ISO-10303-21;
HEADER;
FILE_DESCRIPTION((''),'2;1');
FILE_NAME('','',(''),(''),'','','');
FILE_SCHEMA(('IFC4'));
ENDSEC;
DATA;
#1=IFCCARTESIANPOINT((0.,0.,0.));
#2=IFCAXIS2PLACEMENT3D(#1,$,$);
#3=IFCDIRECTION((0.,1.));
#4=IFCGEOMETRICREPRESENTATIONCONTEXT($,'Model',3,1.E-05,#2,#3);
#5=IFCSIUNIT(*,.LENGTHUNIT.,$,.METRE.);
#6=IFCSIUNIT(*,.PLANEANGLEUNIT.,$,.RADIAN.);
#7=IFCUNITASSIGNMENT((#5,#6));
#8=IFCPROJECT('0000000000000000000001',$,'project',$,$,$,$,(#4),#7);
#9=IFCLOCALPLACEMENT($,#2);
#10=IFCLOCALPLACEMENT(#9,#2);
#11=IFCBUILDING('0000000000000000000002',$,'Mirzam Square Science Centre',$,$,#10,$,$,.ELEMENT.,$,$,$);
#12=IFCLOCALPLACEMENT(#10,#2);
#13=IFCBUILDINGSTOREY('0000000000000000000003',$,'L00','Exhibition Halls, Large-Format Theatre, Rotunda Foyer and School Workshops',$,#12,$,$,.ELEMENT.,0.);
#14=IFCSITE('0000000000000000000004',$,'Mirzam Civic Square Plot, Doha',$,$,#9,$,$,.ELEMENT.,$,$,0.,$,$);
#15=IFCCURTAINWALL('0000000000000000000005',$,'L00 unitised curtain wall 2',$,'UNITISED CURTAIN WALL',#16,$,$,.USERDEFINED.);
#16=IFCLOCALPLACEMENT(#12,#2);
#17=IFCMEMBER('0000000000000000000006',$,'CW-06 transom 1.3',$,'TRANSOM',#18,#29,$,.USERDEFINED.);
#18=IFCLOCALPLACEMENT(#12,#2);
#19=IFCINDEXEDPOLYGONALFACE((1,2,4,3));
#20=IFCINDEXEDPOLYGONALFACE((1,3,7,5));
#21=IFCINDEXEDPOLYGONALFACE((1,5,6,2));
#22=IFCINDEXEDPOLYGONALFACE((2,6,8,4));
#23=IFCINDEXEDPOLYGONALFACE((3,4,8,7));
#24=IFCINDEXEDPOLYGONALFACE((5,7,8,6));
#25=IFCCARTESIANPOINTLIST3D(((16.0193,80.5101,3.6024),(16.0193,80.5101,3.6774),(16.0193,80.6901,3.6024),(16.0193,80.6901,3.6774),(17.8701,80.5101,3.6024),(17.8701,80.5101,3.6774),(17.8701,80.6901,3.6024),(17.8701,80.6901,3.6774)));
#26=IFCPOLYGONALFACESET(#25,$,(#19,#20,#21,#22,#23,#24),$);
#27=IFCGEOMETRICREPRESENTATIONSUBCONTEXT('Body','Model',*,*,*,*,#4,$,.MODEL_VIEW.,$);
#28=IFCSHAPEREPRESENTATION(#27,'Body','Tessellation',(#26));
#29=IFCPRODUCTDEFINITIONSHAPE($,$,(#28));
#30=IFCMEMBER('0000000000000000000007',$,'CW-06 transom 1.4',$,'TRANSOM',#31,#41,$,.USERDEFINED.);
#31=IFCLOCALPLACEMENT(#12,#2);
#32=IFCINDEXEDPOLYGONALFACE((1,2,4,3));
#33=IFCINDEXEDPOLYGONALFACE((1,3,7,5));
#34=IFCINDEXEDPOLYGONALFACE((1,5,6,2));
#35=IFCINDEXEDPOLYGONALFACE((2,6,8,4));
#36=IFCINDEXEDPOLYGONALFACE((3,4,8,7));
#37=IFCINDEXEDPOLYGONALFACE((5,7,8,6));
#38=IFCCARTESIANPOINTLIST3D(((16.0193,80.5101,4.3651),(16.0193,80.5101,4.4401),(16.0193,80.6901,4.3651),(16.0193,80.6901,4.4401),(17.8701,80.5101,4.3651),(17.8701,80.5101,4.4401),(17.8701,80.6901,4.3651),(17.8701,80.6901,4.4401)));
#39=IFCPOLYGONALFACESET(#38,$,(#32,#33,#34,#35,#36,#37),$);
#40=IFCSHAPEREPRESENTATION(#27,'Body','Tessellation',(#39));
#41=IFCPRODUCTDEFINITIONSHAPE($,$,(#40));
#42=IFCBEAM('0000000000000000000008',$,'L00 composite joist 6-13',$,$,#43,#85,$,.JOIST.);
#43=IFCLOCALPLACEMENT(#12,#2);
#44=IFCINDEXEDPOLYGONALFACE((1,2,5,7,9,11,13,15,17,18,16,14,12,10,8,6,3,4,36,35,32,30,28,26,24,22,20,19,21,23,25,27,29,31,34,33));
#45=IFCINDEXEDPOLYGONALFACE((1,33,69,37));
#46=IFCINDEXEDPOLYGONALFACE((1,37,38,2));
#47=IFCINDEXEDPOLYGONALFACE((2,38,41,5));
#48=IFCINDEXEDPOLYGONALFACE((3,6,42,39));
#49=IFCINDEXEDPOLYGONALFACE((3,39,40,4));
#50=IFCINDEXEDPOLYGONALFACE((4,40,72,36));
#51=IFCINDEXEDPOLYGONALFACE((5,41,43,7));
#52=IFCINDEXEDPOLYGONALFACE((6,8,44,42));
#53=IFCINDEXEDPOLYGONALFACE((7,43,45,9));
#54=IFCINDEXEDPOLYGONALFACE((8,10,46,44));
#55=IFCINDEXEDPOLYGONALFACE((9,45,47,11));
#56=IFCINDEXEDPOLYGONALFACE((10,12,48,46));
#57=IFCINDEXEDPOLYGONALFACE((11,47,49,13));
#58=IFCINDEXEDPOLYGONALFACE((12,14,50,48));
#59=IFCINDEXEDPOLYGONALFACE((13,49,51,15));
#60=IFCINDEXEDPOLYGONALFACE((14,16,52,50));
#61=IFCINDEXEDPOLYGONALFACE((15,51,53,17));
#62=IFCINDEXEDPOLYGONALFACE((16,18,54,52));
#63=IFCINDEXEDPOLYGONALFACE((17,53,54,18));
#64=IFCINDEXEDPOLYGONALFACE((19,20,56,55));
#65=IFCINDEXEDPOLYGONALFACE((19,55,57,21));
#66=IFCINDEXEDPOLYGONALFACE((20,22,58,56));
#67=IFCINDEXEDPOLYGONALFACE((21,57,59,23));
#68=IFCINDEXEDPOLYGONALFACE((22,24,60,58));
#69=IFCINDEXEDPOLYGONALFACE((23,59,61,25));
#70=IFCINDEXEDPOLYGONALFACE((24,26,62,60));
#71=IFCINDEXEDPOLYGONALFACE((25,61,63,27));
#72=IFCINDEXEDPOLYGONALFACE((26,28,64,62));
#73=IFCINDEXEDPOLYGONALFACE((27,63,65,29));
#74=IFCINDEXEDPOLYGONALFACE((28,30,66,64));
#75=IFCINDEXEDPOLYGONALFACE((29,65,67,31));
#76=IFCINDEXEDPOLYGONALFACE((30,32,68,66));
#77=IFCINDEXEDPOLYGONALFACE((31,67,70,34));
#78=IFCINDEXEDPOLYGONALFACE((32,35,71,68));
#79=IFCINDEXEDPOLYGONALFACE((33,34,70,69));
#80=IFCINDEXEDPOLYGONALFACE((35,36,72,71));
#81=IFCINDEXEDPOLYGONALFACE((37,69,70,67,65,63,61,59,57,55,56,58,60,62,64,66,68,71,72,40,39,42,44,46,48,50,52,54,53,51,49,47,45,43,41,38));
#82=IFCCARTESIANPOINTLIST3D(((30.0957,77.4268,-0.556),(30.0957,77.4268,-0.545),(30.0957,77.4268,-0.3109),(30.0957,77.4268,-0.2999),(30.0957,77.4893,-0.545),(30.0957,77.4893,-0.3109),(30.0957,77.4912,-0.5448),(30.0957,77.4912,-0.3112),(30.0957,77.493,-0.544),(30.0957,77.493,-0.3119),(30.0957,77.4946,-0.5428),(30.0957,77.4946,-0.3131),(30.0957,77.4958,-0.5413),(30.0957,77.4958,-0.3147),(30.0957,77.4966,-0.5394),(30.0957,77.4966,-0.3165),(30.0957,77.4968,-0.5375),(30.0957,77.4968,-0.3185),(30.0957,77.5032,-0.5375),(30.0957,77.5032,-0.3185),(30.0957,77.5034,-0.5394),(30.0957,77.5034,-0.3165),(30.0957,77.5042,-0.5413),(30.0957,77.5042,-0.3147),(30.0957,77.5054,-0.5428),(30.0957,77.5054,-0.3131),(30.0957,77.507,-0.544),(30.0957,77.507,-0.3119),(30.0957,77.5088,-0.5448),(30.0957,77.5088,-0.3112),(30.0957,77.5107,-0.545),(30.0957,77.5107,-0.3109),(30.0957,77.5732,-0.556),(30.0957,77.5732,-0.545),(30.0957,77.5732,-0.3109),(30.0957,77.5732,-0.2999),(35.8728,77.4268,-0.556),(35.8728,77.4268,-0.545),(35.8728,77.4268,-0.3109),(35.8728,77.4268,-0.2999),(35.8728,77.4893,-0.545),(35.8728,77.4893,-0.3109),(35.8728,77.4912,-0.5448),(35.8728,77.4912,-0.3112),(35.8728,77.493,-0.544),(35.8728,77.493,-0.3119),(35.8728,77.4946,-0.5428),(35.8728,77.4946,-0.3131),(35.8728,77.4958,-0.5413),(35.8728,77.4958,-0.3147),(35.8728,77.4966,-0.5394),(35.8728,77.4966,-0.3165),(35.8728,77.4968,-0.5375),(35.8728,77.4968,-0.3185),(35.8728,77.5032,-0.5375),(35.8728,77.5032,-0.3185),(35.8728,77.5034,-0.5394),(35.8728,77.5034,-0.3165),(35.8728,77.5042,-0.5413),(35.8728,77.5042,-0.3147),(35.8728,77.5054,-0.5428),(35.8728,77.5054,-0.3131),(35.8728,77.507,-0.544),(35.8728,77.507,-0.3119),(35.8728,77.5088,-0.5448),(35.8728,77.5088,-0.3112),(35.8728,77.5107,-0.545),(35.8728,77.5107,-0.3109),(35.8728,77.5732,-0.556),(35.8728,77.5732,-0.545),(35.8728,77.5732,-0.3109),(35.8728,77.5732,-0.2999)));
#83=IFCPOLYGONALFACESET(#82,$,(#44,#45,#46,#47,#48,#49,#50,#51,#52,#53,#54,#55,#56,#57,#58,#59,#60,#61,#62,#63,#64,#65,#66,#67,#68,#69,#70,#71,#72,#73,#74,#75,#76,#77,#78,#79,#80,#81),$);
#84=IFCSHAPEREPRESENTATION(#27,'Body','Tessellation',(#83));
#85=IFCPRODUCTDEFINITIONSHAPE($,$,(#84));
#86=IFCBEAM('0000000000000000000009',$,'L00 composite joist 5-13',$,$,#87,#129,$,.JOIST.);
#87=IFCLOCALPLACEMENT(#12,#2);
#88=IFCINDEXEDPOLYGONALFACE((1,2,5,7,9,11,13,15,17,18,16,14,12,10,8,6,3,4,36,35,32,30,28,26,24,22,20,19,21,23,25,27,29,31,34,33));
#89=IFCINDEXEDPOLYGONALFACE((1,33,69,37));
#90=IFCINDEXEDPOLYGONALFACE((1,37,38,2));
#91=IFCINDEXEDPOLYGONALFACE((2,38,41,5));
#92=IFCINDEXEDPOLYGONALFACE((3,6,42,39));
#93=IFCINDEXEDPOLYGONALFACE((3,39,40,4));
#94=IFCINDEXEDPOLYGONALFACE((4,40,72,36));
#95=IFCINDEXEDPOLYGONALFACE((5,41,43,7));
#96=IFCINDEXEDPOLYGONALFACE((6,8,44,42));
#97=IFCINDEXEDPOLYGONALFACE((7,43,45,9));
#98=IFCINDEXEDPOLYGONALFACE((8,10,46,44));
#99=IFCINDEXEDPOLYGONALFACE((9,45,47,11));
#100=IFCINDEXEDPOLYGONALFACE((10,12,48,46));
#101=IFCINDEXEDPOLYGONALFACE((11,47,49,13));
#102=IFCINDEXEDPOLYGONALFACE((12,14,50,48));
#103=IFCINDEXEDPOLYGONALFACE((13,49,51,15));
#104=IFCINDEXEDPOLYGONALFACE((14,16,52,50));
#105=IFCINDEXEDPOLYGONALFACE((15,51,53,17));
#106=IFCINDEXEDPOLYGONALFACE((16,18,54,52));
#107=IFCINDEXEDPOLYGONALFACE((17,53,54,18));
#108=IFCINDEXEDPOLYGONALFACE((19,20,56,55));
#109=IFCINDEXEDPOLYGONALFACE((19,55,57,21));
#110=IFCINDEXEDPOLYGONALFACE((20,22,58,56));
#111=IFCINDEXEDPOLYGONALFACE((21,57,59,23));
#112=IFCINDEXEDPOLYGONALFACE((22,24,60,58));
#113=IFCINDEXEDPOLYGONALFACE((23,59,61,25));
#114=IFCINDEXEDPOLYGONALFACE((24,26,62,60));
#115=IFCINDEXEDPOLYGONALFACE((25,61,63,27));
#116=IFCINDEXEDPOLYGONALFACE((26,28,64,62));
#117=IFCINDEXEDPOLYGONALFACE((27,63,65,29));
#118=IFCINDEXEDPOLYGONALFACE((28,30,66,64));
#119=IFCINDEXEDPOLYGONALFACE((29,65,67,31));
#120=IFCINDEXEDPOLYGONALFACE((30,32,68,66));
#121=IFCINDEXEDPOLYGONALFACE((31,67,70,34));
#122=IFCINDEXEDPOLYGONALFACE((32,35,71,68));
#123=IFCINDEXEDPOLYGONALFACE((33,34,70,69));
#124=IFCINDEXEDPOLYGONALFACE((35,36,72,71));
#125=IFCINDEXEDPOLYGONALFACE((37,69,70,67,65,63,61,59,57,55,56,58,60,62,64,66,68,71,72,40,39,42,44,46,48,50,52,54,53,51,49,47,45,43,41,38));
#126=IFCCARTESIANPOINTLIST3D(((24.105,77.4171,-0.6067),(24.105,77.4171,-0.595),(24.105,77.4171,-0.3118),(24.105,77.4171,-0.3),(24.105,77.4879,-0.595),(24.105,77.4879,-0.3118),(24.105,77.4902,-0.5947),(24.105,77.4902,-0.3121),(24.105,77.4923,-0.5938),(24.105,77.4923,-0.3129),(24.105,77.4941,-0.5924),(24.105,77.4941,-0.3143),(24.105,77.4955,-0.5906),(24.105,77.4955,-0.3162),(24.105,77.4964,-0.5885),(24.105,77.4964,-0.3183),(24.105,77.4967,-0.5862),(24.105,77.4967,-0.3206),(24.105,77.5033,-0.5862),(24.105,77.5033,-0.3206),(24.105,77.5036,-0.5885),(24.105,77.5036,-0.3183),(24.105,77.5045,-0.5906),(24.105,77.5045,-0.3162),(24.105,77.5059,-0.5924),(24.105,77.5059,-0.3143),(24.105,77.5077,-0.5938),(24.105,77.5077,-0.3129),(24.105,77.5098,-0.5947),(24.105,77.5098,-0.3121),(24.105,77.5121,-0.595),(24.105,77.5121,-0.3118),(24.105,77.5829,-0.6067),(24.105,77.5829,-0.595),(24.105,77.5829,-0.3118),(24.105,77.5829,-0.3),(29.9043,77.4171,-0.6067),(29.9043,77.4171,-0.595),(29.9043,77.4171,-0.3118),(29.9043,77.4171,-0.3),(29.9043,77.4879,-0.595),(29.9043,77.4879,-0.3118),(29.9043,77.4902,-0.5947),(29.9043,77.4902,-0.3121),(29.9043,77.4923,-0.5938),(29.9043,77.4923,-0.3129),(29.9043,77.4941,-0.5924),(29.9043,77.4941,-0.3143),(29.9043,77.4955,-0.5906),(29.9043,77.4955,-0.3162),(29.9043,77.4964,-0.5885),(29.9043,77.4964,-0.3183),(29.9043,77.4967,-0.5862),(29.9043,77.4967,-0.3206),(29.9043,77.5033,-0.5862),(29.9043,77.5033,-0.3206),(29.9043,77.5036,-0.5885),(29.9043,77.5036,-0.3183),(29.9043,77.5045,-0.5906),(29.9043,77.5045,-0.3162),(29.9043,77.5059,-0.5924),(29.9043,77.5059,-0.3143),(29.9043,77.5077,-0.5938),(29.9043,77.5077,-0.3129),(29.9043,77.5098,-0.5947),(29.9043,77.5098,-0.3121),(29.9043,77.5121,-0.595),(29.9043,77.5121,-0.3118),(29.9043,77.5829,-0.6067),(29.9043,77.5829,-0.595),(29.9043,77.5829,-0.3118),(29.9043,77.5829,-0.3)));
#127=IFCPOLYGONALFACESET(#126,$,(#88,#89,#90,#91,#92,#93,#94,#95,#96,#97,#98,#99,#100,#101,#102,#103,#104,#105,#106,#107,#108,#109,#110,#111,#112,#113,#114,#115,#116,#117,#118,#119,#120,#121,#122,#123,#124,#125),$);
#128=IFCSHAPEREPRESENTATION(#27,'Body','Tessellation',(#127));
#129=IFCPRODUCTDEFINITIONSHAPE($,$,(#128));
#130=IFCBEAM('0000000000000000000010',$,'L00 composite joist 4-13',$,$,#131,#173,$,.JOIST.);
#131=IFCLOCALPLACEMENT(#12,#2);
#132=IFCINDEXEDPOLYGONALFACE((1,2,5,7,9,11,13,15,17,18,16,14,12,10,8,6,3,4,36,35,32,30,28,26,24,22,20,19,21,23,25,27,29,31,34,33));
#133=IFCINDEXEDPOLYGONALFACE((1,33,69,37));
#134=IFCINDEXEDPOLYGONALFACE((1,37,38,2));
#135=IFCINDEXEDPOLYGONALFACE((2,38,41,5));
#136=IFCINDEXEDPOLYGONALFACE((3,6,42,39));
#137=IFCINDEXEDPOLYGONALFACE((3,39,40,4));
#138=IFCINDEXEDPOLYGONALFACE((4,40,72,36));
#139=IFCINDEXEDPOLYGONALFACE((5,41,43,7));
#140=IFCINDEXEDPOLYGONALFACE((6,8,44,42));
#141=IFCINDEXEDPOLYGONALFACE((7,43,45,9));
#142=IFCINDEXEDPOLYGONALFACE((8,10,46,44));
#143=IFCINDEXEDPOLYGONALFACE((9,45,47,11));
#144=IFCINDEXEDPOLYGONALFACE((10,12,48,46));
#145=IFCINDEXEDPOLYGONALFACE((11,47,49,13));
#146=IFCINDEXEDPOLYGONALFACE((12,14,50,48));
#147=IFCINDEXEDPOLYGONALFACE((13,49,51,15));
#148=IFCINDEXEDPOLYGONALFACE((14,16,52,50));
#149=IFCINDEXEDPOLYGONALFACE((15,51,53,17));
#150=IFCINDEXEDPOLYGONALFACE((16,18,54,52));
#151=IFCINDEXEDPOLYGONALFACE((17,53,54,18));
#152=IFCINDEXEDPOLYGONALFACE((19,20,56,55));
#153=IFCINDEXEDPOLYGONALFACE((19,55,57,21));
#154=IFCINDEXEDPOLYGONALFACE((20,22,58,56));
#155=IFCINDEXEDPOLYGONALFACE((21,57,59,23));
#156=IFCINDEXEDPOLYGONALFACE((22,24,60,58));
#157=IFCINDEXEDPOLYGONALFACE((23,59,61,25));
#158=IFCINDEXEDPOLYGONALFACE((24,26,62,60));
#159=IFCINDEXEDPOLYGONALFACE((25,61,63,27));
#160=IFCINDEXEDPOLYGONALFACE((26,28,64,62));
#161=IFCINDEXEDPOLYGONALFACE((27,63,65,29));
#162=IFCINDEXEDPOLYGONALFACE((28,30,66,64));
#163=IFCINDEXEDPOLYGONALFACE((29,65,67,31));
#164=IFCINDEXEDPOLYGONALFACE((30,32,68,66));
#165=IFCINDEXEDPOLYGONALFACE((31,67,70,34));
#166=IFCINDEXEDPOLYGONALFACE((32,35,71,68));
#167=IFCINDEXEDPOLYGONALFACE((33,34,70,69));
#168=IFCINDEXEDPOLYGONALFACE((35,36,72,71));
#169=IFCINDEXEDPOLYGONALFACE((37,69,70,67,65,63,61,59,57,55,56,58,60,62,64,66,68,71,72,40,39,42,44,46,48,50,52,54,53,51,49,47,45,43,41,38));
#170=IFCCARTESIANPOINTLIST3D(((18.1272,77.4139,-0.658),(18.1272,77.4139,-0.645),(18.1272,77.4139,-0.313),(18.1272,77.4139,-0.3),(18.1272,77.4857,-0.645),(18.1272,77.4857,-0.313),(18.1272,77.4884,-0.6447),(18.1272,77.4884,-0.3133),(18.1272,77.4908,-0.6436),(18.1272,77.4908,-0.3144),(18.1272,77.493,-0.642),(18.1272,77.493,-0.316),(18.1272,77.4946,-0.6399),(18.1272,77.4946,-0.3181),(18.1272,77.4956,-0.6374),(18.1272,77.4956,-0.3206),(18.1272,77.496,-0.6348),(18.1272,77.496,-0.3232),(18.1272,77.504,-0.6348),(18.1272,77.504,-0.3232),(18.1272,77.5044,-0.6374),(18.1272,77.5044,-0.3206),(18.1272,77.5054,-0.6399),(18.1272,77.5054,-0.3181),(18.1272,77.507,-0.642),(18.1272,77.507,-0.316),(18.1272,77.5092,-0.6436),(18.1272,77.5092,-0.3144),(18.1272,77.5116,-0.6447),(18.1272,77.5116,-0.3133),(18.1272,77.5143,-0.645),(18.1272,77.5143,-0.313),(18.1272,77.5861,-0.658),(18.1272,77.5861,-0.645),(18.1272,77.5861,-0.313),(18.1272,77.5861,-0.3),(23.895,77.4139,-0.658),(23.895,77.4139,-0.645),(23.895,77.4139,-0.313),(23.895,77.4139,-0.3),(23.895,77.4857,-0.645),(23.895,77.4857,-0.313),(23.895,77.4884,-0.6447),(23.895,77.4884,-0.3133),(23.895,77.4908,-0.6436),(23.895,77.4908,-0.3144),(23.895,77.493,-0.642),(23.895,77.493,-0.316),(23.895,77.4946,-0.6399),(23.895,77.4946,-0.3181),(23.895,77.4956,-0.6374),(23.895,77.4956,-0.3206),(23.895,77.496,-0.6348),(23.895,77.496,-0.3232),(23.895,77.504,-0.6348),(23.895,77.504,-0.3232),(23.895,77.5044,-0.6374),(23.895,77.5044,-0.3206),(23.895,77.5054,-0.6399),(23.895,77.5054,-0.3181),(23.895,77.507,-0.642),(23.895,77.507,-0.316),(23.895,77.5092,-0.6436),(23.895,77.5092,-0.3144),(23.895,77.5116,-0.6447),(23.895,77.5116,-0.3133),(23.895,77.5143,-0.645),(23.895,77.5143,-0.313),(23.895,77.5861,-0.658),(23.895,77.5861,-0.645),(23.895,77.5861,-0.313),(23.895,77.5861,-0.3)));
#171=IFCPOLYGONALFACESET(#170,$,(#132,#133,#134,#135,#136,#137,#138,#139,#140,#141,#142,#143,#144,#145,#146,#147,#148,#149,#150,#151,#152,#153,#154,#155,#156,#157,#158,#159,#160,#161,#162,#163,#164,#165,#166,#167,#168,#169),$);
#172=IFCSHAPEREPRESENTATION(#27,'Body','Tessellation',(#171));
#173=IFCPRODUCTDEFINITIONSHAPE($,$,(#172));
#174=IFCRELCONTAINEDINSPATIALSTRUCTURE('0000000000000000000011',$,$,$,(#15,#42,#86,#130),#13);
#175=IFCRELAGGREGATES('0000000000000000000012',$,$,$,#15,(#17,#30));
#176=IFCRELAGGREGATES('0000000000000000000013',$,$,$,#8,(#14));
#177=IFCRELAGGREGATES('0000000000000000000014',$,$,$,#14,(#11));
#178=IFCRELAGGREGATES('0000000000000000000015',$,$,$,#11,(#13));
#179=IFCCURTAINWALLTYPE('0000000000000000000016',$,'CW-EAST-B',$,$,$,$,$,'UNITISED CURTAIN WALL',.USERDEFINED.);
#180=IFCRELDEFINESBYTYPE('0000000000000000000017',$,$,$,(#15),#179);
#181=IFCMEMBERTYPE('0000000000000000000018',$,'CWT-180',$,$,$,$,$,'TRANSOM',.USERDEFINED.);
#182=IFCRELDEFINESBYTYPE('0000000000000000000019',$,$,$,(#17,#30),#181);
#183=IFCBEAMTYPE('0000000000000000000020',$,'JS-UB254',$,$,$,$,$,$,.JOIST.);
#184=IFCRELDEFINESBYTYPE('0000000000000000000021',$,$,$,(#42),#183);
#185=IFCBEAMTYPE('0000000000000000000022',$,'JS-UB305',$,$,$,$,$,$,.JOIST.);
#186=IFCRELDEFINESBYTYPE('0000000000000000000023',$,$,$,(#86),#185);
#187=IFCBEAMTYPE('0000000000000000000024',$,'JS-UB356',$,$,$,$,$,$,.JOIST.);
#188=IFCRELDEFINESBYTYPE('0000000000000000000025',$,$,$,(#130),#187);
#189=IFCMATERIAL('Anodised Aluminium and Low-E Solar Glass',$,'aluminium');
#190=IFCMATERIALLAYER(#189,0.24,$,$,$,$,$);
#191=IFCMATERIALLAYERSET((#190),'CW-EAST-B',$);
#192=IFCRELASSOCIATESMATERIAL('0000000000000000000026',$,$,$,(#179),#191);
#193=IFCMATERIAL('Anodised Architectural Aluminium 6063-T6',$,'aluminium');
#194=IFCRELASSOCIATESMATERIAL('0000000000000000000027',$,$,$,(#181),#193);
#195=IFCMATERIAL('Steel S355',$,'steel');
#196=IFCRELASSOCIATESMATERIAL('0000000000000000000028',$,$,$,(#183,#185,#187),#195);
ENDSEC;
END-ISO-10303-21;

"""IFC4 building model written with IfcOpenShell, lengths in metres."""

from ifc_helpers import new_model, si_unit, direction, frame, origin, origin_2d, place, context, subcontext, project, spatial, rectangle, i_section, extrude, material, layer, layer_set, material_profile, profile_set, type_object, element, aggregate, save


model = new_model("IFC4")

# Units and contexts
model_context = context("Model", 3, precision=1e-05, world=origin(), true_north=direction((0.0, 1.0)))
body_context = subcontext(model_context, "Body", "Model", "MODEL_VIEW")
ifc_project = project(units=[si_unit("LENGTHUNIT", "METRE"), si_unit("PLANEANGLEUNIT", "RADIAN")], contexts=[model_context])

# Site, building, storey
site_placement = place(None, origin())
site = spatial("IfcSite", under=ifc_project, at=site_placement, Name="Mirzam Civic Square Plot, Doha", CompositionType="ELEMENT", RefElevation=0.0)
building_placement = place(site_placement, origin())
building = spatial("IfcBuilding", under=site, at=building_placement, Name="Mirzam Square Science Centre", CompositionType="ELEMENT")
storey_placement = place(building_placement, origin())
storey = spatial("IfcBuildingStorey", under=building, at=storey_placement, Name="L00", Description="Exhibition Halls, Large-Format Theatre, Rotunda Foyer and School Workshops", CompositionType="ELEMENT", Elevation=0.0)

# Shared definitions
ifc_material_1 = material(Name="Steel S355", Category="steel")

# Curtain wall, members
ifc_material_2 = material(Name="Anodised Aluminium and Low-E Solar Glass", Category="aluminium")
ifc_layer_1 = layer(ifc_material_2, 0.24)
ifc_layer_set_1 = layer_set([ifc_layer_1], Name="CW-EAST-B")
curtain_wall_type = type_object("IfcCurtainWallType", Name="CW-EAST-B", ElementType="UNITISED CURTAIN WALL", PredefinedType="USERDEFINED", material=ifc_layer_set_1)
curtain_wall_placement = place(storey_placement, origin())
curtain_wall = element("IfcCurtainWall", 1, at=curtain_wall_placement, inside=storey, type_object=curtain_wall_type, Name="L00 unitised curtain wall 2", ObjectType="UNITISED CURTAIN WALL", PredefinedType="USERDEFINED")
ifc_material_3 = material(Name="Anodised Architectural Aluminium 6063-T6", Category="aluminium")
ifc_material_profile_1 = material_profile(ifc_material_3, rectangle(XDim=0.1799, YDim=0.075, at=origin_2d()), Name="ALU-TRAN-180x75x5")
ifc_profile_set_1 = profile_set([ifc_material_profile_1], Name="Anodised Architectural Aluminium 6063-T6")
member_type_1 = type_object("IfcMemberType", Name="CWT-180", ElementType="TRANSOM", PredefinedType="USERDEFINED", material=ifc_profile_set_1)
member_1_placement = place(storey_placement, frame((17.8701, 80.6001, 3.6399), z_axis=(-1.0, 0.0, 0.0), x_axis=(0.0, -1.0, 0.0)))
member_1 = element("IfcMember", 2, at=member_1_placement, type_object=member_type_1, Name="CW-06 transom 1.3", ObjectType="TRANSOM", PredefinedType="USERDEFINED", context=body_context, shape_type="SweptSolid", body=[
    extrude(rectangle(XDim=0.1799, YDim=0.075, at=origin_2d()), origin(), (0.0, 0.0, 1.0), 1.8508),
])
member_2_placement = place(storey_placement, frame((17.8701, 80.6001, 4.4026), z_axis=(-1.0, 0.0, 0.0), x_axis=(0.0, -1.0, 0.0)))
member_2 = element("IfcMember", 3, at=member_2_placement, type_object=member_type_1, Name="CW-06 transom 1.4", ObjectType="TRANSOM", PredefinedType="USERDEFINED", context=body_context, shape_type="SweptSolid", body=[
    extrude(rectangle(XDim=0.1799, YDim=0.075, at=origin_2d()), origin(), (0.0, 0.0, 1.0), 1.8508),
])
aggregate(curtain_wall, [member_1, member_2])

# Beams
ifc_material_profile_2 = material_profile(ifc_material_1, i_section(OverallWidth=0.1465, OverallDepth=0.2561, WebThickness=0.0063, FlangeThickness=0.011, FilletRadius=0.0076, at=origin_2d()), Name="254x146x37UB")
ifc_profile_set_2 = profile_set([ifc_material_profile_2], Name="Steel S355")
beam_type_1 = type_object("IfcBeamType", Name="JS-UB254", PredefinedType="JOIST", material=ifc_profile_set_2)
beam_1_placement = place(storey_placement, frame((30.0957, 77.5, -0.428), z_axis=(1.0, 0.0, 0.0), x_axis=(0.0, 1.0, 0.0)))
element("IfcBeam", 4, at=beam_1_placement, inside=storey, type_object=beam_type_1, Name="L00 composite joist 6-13", PredefinedType="JOIST", context=body_context, shape_type="SweptSolid", body=[
    extrude(i_section(OverallWidth=0.1465, OverallDepth=0.2561, WebThickness=0.0063, FlangeThickness=0.011, FilletRadius=0.0076, at=origin_2d()), origin(), (0.0, 0.0, 1.0), 5.7771),
])
ifc_material_profile_3 = material_profile(ifc_material_1, i_section(OverallWidth=0.1658, OverallDepth=0.3066, WebThickness=0.0066, FlangeThickness=0.0117, FilletRadius=0.0088, at=origin_2d()), Name="305x165x46UB")
ifc_profile_set_3 = profile_set([ifc_material_profile_3], Name="Steel S355")
beam_type_2 = type_object("IfcBeamType", Name="JS-UB305", PredefinedType="JOIST", material=ifc_profile_set_3)
beam_2_placement = place(storey_placement, frame((24.105, 77.5, -0.4534), z_axis=(1.0, 0.0, 0.0), x_axis=(0.0, 1.0, 0.0)))
element("IfcBeam", 5, at=beam_2_placement, inside=storey, type_object=beam_type_2, Name="L00 composite joist 5-13", PredefinedType="JOIST", context=body_context, shape_type="SweptSolid", body=[
    extrude(i_section(OverallWidth=0.1658, OverallDepth=0.3066, WebThickness=0.0066, FlangeThickness=0.0117, FilletRadius=0.0088, at=origin_2d()), origin(), (0.0, 0.0, 1.0), 5.7993),
])
ifc_material_profile_4 = material_profile(ifc_material_1, i_section(OverallWidth=0.1721, OverallDepth=0.3579, WebThickness=0.0081, FlangeThickness=0.0129, FilletRadius=0.0103, at=origin_2d()), Name="356x171x57UB")
ifc_profile_set_4 = profile_set([ifc_material_profile_4], Name="Steel S355")
beam_type_3 = type_object("IfcBeamType", Name="JS-UB356", PredefinedType="JOIST", material=ifc_profile_set_4)
beam_3_placement = place(storey_placement, frame((18.1272, 77.5, -0.479), z_axis=(1.0, 0.0, 0.0), x_axis=(0.0, 1.0, 0.0)))
element("IfcBeam", 6, at=beam_3_placement, inside=storey, type_object=beam_type_3, Name="L00 composite joist 4-13", PredefinedType="JOIST", context=body_context, shape_type="SweptSolid", body=[
    extrude(i_section(OverallWidth=0.1721, OverallDepth=0.3579, WebThickness=0.0081, FlangeThickness=0.0129, FilletRadius=0.0103, at=origin_2d()), origin(), (0.0, 0.0, 1.0), 5.7678),
])

save(model, "model.ifc")
